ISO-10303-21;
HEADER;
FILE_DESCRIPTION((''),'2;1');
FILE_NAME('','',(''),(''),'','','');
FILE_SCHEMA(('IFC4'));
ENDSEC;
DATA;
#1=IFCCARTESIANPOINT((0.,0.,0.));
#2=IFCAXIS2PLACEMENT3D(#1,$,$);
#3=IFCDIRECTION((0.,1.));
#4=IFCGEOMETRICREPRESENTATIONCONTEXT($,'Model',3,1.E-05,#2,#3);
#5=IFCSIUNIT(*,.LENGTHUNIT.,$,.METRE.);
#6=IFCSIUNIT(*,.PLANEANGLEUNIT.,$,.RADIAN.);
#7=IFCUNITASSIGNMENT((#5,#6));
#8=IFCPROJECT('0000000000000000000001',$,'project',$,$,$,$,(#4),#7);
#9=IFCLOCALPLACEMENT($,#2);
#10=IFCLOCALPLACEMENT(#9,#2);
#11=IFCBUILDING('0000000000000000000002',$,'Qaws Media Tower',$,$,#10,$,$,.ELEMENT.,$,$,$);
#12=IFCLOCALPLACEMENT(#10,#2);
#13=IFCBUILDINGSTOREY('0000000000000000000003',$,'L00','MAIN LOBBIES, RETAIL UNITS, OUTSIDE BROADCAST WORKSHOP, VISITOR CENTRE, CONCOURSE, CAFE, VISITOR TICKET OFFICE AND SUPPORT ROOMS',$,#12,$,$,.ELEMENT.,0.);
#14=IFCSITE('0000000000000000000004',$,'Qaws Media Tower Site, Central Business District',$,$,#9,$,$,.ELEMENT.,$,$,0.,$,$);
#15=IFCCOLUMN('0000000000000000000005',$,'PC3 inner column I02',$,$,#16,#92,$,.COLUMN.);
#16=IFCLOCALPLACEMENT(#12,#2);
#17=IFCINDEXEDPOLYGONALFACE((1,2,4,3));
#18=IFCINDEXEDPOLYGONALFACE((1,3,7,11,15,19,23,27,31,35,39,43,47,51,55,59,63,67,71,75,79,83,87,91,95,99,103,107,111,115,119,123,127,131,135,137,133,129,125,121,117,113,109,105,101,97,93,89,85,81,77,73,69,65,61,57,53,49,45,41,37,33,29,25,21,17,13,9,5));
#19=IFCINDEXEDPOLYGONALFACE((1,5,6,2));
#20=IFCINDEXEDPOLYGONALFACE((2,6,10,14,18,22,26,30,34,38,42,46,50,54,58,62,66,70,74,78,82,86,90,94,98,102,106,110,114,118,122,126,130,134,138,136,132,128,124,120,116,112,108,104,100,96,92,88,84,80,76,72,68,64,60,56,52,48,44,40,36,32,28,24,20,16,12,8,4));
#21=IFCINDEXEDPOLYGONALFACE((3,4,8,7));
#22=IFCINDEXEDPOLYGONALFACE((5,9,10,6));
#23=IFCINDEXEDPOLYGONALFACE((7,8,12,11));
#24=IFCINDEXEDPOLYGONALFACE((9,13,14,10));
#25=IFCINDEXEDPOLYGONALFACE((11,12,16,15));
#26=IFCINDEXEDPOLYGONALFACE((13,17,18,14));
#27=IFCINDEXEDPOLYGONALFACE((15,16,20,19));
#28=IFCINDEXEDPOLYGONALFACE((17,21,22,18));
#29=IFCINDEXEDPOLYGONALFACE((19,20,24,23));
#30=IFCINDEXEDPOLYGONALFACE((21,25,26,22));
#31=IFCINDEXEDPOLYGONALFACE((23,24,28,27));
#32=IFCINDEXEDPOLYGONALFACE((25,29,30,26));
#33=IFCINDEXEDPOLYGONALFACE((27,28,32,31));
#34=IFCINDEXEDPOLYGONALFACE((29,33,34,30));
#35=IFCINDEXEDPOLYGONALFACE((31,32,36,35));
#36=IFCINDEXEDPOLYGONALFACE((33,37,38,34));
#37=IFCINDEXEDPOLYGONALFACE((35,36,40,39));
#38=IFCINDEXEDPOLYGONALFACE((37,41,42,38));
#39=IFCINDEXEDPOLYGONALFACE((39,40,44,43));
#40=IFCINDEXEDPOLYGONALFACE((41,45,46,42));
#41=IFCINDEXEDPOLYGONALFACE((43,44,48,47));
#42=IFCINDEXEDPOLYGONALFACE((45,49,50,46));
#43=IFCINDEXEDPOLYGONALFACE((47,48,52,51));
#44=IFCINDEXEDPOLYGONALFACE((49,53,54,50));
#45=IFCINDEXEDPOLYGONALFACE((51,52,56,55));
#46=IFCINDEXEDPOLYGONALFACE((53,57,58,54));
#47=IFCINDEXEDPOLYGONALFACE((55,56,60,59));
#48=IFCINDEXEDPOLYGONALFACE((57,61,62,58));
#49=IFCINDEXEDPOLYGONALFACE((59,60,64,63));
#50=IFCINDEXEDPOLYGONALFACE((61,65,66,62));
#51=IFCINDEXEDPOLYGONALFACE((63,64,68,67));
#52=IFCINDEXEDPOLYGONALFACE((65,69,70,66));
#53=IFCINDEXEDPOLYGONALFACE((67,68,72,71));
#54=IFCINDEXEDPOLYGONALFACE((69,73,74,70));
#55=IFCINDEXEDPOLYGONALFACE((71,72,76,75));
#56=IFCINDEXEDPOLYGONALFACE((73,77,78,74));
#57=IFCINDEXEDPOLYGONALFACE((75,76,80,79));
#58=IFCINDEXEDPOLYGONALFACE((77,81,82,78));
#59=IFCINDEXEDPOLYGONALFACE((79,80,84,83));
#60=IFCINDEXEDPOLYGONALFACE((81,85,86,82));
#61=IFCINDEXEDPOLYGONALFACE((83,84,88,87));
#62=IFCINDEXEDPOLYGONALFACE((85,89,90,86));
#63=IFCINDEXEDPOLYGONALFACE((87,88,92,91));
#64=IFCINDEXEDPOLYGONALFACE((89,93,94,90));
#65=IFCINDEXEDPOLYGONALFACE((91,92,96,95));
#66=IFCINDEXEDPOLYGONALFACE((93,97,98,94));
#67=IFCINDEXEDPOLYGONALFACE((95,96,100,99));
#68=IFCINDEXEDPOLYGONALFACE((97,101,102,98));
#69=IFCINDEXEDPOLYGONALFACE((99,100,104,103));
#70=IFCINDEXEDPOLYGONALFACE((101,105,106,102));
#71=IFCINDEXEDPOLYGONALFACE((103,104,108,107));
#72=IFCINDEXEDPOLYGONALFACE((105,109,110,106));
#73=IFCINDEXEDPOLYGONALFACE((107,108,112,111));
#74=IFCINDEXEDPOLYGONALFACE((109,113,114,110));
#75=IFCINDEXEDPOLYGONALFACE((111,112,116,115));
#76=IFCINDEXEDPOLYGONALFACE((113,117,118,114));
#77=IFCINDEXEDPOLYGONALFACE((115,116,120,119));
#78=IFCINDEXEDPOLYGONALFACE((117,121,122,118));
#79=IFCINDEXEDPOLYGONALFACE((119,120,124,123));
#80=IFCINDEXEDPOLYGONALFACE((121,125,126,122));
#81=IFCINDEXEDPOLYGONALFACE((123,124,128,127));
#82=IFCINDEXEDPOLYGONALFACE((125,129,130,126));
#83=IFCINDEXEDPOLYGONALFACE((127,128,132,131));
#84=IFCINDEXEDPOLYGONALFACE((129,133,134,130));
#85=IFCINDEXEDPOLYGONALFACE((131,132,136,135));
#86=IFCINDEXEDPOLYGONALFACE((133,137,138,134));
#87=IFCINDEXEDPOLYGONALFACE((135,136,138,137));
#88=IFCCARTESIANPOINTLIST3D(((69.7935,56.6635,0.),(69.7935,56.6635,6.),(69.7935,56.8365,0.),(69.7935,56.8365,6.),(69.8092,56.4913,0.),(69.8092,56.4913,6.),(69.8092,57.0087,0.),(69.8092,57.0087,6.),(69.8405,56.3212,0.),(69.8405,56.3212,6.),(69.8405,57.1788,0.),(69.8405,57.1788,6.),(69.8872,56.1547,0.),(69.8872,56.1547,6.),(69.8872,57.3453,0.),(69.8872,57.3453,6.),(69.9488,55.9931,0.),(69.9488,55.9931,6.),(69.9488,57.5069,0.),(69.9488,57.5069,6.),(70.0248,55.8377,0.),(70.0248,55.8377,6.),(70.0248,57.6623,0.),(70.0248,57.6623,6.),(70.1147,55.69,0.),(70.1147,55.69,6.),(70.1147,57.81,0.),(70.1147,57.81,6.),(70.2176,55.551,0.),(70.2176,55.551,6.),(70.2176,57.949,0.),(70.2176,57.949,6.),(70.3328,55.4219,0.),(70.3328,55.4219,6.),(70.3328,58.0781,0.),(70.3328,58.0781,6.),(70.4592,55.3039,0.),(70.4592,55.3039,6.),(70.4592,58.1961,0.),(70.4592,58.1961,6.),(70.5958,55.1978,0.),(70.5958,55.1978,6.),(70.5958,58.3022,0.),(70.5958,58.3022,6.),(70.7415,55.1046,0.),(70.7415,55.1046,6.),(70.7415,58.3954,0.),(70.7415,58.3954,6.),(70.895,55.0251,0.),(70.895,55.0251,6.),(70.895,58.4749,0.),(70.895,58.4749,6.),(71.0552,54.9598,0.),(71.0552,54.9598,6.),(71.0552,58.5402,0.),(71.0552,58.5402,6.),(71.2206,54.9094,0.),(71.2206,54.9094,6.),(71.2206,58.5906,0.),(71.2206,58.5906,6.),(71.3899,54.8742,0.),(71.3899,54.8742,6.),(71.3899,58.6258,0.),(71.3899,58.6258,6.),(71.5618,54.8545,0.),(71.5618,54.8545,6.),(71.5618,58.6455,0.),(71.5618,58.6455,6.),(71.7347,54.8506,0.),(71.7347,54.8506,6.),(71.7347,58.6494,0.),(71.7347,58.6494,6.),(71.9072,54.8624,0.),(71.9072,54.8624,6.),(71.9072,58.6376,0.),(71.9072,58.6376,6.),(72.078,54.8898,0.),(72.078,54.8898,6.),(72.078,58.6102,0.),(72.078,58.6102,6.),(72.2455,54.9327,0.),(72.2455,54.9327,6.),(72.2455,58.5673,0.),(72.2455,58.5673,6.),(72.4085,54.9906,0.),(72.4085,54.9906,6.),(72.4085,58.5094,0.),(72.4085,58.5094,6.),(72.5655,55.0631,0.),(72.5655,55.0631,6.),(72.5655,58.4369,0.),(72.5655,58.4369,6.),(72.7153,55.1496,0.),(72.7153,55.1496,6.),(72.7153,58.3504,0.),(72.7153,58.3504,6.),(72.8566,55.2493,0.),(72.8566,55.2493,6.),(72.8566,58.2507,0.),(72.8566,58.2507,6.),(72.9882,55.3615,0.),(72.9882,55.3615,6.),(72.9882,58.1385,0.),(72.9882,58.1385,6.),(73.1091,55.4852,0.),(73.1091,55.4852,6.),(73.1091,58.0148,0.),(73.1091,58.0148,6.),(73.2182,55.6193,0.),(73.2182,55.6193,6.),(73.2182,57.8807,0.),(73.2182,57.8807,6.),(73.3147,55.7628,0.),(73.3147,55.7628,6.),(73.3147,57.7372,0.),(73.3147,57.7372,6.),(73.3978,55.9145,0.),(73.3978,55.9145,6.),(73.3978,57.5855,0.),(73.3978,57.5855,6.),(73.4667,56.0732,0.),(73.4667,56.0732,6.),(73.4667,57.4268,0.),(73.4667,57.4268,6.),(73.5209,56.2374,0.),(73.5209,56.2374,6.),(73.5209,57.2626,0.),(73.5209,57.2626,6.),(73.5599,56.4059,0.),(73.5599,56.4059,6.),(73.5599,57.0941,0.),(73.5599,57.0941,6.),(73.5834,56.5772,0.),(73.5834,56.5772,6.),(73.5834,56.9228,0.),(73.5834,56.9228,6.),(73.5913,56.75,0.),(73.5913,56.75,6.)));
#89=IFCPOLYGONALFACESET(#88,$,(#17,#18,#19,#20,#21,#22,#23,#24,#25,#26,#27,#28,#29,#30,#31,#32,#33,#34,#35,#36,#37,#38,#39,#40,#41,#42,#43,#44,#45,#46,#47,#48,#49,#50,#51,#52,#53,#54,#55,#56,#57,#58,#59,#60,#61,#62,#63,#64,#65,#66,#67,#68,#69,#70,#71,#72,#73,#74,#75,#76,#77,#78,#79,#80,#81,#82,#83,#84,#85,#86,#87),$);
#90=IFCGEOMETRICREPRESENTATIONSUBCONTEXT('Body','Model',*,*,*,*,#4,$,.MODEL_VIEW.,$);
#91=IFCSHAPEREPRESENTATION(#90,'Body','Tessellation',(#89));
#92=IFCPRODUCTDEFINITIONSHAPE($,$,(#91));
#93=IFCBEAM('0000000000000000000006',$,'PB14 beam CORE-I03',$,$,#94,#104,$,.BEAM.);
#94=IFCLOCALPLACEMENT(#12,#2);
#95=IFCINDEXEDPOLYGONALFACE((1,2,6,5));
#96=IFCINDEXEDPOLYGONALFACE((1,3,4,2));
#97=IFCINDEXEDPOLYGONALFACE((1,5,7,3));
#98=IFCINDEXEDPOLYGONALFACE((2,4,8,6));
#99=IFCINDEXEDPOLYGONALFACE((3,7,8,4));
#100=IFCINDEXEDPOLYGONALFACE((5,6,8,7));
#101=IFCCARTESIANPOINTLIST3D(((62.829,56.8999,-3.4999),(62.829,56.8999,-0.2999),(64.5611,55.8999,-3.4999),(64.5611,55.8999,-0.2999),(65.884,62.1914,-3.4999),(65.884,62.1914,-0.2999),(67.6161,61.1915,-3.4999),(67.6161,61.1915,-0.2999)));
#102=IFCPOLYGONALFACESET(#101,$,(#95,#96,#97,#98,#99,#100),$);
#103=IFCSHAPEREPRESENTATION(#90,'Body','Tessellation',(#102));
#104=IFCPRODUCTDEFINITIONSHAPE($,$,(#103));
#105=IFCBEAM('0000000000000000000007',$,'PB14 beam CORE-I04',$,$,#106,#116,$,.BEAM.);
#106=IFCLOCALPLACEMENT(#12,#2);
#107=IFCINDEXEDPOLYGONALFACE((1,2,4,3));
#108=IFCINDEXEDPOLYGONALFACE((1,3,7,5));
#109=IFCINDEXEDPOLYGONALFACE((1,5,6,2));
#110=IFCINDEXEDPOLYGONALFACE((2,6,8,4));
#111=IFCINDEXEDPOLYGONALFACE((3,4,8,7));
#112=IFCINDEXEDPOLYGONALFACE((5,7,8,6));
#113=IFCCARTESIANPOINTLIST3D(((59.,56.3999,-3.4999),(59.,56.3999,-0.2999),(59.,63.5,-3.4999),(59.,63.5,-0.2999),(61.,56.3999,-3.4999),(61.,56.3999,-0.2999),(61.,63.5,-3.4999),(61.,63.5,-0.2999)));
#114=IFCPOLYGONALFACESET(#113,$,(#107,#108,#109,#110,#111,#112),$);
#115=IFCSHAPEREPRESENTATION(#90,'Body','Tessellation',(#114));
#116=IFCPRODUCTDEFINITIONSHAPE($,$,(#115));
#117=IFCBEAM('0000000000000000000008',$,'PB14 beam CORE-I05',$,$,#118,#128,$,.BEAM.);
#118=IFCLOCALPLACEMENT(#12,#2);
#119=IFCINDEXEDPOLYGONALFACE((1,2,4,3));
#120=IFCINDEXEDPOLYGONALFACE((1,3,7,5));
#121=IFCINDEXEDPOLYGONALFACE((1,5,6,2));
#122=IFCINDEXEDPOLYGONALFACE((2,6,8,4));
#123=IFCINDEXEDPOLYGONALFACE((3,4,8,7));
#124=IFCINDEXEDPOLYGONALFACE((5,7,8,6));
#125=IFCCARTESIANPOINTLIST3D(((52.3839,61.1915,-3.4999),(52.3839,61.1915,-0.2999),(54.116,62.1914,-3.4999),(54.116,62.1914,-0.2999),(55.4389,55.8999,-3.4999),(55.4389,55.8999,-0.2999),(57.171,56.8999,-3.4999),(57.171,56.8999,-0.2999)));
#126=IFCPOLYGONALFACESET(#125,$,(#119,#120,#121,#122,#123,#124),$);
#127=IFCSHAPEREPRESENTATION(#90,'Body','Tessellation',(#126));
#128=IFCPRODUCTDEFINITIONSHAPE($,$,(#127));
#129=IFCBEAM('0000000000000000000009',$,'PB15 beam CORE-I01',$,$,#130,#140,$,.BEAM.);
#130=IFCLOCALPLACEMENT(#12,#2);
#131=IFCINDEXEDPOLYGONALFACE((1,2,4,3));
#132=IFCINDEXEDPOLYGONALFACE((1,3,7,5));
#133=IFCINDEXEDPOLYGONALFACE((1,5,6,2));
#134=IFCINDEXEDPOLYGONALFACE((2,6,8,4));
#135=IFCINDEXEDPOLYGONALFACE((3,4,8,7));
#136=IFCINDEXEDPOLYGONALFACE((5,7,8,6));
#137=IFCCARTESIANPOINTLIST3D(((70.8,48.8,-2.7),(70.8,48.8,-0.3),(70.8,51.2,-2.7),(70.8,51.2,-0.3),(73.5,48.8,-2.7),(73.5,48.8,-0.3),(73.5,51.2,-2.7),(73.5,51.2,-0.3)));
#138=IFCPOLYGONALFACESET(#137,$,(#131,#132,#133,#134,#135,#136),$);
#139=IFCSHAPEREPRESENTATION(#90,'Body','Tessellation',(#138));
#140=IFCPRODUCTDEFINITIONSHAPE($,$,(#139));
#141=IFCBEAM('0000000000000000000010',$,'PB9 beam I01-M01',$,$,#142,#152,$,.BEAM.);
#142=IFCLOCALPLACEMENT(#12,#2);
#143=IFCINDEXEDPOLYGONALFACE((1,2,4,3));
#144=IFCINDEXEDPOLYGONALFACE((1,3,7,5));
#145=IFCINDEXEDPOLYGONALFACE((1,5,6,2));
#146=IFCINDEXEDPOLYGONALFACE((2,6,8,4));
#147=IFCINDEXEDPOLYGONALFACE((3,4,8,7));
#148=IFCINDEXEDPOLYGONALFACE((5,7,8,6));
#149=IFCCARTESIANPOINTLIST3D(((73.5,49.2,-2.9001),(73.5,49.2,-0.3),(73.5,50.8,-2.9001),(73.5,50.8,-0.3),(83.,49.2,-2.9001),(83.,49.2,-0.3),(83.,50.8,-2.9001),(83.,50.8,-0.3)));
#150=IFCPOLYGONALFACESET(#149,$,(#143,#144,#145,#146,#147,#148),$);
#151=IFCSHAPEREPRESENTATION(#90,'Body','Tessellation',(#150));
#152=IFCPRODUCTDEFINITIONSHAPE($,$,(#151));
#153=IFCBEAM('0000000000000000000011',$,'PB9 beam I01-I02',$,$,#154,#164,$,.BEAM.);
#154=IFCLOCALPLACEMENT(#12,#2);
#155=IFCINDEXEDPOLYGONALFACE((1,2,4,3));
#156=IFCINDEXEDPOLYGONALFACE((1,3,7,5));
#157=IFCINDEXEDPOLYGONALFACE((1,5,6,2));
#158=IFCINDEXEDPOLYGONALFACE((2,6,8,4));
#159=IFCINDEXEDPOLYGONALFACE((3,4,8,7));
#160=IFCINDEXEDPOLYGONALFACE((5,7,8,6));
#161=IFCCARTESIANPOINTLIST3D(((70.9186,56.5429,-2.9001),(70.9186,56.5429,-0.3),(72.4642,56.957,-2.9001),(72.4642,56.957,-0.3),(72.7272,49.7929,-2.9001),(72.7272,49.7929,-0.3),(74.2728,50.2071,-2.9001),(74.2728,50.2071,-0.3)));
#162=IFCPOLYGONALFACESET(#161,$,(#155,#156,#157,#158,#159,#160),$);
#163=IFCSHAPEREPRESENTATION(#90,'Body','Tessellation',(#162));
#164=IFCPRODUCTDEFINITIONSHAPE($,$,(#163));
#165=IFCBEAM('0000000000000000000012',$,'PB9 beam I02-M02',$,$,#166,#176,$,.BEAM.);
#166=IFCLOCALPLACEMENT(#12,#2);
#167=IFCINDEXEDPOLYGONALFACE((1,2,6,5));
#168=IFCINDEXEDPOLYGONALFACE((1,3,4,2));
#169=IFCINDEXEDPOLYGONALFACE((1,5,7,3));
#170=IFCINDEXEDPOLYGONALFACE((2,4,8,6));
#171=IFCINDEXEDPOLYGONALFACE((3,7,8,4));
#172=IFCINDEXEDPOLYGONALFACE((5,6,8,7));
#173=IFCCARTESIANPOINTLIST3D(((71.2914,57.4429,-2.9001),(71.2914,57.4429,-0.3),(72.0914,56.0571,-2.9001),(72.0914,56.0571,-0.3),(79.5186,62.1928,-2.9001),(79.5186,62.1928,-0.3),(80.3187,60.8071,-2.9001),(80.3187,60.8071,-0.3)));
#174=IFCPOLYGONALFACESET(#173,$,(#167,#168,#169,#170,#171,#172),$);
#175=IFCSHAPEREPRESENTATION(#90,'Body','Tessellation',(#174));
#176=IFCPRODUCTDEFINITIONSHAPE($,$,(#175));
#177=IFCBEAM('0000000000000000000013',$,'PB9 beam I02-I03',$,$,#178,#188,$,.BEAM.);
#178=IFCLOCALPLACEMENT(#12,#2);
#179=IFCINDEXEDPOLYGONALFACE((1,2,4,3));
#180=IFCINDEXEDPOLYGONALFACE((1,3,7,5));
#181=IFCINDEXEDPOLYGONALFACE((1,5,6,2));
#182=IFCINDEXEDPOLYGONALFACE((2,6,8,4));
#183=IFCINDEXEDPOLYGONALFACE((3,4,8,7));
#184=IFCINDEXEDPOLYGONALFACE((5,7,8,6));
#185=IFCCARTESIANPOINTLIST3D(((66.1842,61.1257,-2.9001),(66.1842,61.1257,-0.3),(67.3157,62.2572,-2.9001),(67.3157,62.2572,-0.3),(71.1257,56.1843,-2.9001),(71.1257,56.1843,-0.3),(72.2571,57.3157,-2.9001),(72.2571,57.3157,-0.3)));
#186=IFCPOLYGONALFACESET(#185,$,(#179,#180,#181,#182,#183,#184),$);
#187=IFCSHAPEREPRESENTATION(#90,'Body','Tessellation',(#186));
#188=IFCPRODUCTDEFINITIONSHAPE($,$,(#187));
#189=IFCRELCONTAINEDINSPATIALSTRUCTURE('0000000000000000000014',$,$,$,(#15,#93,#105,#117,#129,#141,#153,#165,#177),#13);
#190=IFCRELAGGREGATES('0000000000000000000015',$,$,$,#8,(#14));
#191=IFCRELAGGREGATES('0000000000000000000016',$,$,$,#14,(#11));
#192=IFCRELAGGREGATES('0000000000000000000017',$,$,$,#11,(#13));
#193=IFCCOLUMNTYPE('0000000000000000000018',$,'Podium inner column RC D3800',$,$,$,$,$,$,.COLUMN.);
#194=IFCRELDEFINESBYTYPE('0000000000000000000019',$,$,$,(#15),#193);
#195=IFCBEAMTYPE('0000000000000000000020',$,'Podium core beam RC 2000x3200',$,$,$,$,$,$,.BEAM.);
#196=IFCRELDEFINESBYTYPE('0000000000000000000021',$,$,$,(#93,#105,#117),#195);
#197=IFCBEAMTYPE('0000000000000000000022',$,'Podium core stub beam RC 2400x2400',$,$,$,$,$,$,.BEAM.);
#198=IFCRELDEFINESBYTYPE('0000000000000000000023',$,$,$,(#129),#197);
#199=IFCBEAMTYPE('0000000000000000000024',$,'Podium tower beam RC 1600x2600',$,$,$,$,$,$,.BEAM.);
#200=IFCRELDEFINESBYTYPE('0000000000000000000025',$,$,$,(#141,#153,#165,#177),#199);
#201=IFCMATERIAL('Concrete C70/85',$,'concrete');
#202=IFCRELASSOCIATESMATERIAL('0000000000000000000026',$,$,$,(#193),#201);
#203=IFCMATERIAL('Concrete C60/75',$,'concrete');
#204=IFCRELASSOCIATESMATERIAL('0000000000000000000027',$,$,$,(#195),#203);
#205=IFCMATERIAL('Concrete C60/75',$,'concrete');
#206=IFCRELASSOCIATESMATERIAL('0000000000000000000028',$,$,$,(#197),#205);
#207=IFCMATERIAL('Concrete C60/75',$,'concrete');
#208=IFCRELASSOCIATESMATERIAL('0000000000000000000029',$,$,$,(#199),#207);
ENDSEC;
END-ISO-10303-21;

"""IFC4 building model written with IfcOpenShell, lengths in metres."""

from ifc_helpers import new_model, si_unit, direction, frame, origin, origin_2d, place, context, subcontext, project, spatial, rectangle, circle, extrude, material, material_profile, profile_set, type_object, element, save


model = new_model("IFC4")

# Units and contexts
model_context = context("Model", 3, precision=1e-05, world=origin(), true_north=direction((0.0, 1.0)))
body_context = subcontext(model_context, "Body", "Model", "MODEL_VIEW")
ifc_project = project(units=[si_unit("LENGTHUNIT", "METRE"), si_unit("PLANEANGLEUNIT", "RADIAN")], contexts=[model_context])

# Site, building, storey
site_placement = place(None, origin())
site = spatial("IfcSite", under=ifc_project, at=site_placement, Name="Qaws Media Tower Site, Central Business District", CompositionType="ELEMENT", RefElevation=0.0)
building_placement = place(site_placement, origin())
building = spatial("IfcBuilding", under=site, at=building_placement, Name="Qaws Media Tower", CompositionType="ELEMENT")
storey_placement = place(building_placement, origin())
storey = spatial("IfcBuildingStorey", under=building, at=storey_placement, Name="L00", Description="MAIN LOBBIES, RETAIL UNITS, OUTSIDE BROADCAST WORKSHOP, VISITOR CENTRE, CONCOURSE, CAFE, VISITOR TICKET OFFICE AND SUPPORT ROOMS", CompositionType="ELEMENT", Elevation=0.0)

# Column
ifc_material_1 = material(Name="Concrete C70/85", Category="concrete")
ifc_material_profile_1 = material_profile(ifc_material_1, circle(Radius=1.8999, at=origin_2d()), Name="RC D3800")
ifc_profile_set_1 = profile_set([ifc_material_profile_1], Name="Concrete C70/85")
column_type = type_object("IfcColumnType", Name="Podium inner column RC D3800", PredefinedType="COLUMN", material=ifc_profile_set_1)
column_placement = place(storey_placement, frame((71.6914, 56.75, 0.0), z_axis=(0.0, 0.0, 1.0), x_axis=(1.0, 0.0, 0.0)))
element("IfcColumn", 1, at=column_placement, inside=storey, type_object=column_type, Name="PC3 inner column I02", PredefinedType="COLUMN", context=body_context, shape_type="SweptSolid", body=[
    extrude(circle(Radius=1.8999, at=origin_2d()), origin(), (0.0, 0.0, 1.0), 6.0),
])

# Beams
ifc_material_2 = material(Name="Concrete C60/75", Category="concrete")
ifc_material_profile_2 = material_profile(ifc_material_2, rectangle(XDim=2.0, YDim=3.2, at=origin_2d()), Name="RC 2000x3200")
ifc_profile_set_2 = profile_set([ifc_material_profile_2], Name="Concrete C60/75")
beam_type_1 = type_object("IfcBeamType", Name="Podium core beam RC 2000x3200", PredefinedType="BEAM", material=ifc_profile_set_2)
beam_1_placement = place(storey_placement, frame((63.6951, 56.3999, -1.8999), z_axis=(0.499985, 0.866034, 0.0), x_axis=(-0.866034, 0.499985, 0.0)))
element("IfcBeam", 2, at=beam_1_placement, inside=storey, type_object=beam_type_1, Name="PB14 beam CORE-I03", PredefinedType="BEAM", context=body_context, shape_type="SweptSolid", body=[
    extrude(rectangle(XDim=2.0, YDim=3.2, at=origin_2d()), origin(), (0.0, 0.0, 1.0), 6.1101),
])
beam_2_placement = place(storey_placement, frame((60.0, 56.3999, -1.8999), z_axis=(0.0, 1.0, 0.0), x_axis=(-1.0, 0.0, 0.0)))
element("IfcBeam", 3, at=beam_2_placement, inside=storey, type_object=beam_type_1, Name="PB14 beam CORE-I04", PredefinedType="BEAM", context=body_context, shape_type="SweptSolid", body=[
    extrude(rectangle(XDim=2.0, YDim=3.2, at=origin_2d()), origin(), (0.0, 0.0, 1.0), 7.1001),
])
beam_3_placement = place(storey_placement, frame((56.3049, 56.3999, -1.8999), z_axis=(-0.499985, 0.866034, 0.0), x_axis=(-0.866034, -0.499985, 0.0)))
element("IfcBeam", 4, at=beam_3_placement, inside=storey, type_object=beam_type_1, Name="PB14 beam CORE-I05", PredefinedType="BEAM", context=body_context, shape_type="SweptSolid", body=[
    extrude(rectangle(XDim=2.0, YDim=3.2, at=origin_2d()), origin(), (0.0, 0.0, 1.0), 6.1101),
])
ifc_material_3 = material(Name="Concrete C60/75", Category="concrete")
ifc_material_profile_3 = material_profile(ifc_material_3, rectangle(XDim=2.3999, YDim=2.3999, at=origin_2d()), Name="RC 2400x2400")
ifc_profile_set_3 = profile_set([ifc_material_profile_3], Name="Concrete C60/75")
beam_type_2 = type_object("IfcBeamType", Name="Podium core stub beam RC 2400x2400", PredefinedType="BEAM", material=ifc_profile_set_3)
beam_4_placement = place(storey_placement, frame((70.8, 50.0, -1.5), z_axis=(1.0, 0.0, 0.0), x_axis=(0.0, 1.0, 0.0)))
element("IfcBeam", 5, at=beam_4_placement, inside=storey, type_object=beam_type_2, Name="PB15 beam CORE-I01", PredefinedType="BEAM", context=body_context, shape_type="SweptSolid", body=[
    extrude(rectangle(XDim=2.3999, YDim=2.3999, at=origin_2d()), origin(), (0.0, 0.0, 1.0), 2.7),
])
ifc_material_4 = material(Name="Concrete C60/75", Category="concrete")
ifc_material_profile_4 = material_profile(ifc_material_4, rectangle(XDim=1.6001, YDim=2.6001, at=origin_2d()), Name="RC 1600x2600")
ifc_profile_set_4 = profile_set([ifc_material_profile_4], Name="Concrete C60/75")
beam_type_3 = type_object("IfcBeamType", Name="Podium tower beam RC 1600x2600", PredefinedType="BEAM", material=ifc_profile_set_4)
beam_5_placement = place(storey_placement, frame((73.5, 50.0, -1.6001), z_axis=(1.0, 0.0, 0.0), x_axis=(0.0, 1.0, 0.0)))
element("IfcBeam", 6, at=beam_5_placement, inside=storey, type_object=beam_type_3, Name="PB9 beam I01-M01", PredefinedType="BEAM", context=body_context, shape_type="SweptSolid", body=[
    extrude(rectangle(XDim=1.6001, YDim=2.6001, at=origin_2d()), origin(), (0.0, 0.0, 1.0), 9.5),
])
beam_6_placement = place(storey_placement, frame((73.5, 50.0, -1.6001), z_axis=(-0.258811, 0.965928, 0.0), x_axis=(-0.965928, -0.258811, 0.0)))
element("IfcBeam", 7, at=beam_6_placement, inside=storey, type_object=beam_type_3, Name="PB9 beam I01-I02", PredefinedType="BEAM", context=body_context, shape_type="SweptSolid", body=[
    extrude(rectangle(XDim=1.6001, YDim=2.6001, at=origin_2d()), origin(), (0.0, 0.0, 1.0), 6.988),
])
beam_7_placement = place(storey_placement, frame((71.6914, 56.75, -1.6001), z_axis=(0.866027, 0.499998, 0.0), x_axis=(-0.499998, 0.866027, 0.0)))
element("IfcBeam", 8, at=beam_7_placement, inside=storey, type_object=beam_type_3, Name="PB9 beam I02-M02", PredefinedType="BEAM", context=body_context, shape_type="SweptSolid", body=[
    extrude(rectangle(XDim=1.6001, YDim=2.6001, at=origin_2d()), origin(), (0.0, 0.0, 1.0), 9.5),
])
beam_8_placement = place(storey_placement, frame((71.6914, 56.75, -1.6001), z_axis=(-0.707107, 0.707107, 0.0), x_axis=(-0.707107, -0.707107, 0.0)))
element("IfcBeam", 9, at=beam_8_placement, inside=storey, type_object=beam_type_3, Name="PB9 beam I02-I03", PredefinedType="BEAM", context=body_context, shape_type="SweptSolid", body=[
    extrude(rectangle(XDim=1.6001, YDim=2.6001, at=origin_2d()), origin(), (0.0, 0.0, 1.0), 6.9883),
])

save(model, "model.ifc")
